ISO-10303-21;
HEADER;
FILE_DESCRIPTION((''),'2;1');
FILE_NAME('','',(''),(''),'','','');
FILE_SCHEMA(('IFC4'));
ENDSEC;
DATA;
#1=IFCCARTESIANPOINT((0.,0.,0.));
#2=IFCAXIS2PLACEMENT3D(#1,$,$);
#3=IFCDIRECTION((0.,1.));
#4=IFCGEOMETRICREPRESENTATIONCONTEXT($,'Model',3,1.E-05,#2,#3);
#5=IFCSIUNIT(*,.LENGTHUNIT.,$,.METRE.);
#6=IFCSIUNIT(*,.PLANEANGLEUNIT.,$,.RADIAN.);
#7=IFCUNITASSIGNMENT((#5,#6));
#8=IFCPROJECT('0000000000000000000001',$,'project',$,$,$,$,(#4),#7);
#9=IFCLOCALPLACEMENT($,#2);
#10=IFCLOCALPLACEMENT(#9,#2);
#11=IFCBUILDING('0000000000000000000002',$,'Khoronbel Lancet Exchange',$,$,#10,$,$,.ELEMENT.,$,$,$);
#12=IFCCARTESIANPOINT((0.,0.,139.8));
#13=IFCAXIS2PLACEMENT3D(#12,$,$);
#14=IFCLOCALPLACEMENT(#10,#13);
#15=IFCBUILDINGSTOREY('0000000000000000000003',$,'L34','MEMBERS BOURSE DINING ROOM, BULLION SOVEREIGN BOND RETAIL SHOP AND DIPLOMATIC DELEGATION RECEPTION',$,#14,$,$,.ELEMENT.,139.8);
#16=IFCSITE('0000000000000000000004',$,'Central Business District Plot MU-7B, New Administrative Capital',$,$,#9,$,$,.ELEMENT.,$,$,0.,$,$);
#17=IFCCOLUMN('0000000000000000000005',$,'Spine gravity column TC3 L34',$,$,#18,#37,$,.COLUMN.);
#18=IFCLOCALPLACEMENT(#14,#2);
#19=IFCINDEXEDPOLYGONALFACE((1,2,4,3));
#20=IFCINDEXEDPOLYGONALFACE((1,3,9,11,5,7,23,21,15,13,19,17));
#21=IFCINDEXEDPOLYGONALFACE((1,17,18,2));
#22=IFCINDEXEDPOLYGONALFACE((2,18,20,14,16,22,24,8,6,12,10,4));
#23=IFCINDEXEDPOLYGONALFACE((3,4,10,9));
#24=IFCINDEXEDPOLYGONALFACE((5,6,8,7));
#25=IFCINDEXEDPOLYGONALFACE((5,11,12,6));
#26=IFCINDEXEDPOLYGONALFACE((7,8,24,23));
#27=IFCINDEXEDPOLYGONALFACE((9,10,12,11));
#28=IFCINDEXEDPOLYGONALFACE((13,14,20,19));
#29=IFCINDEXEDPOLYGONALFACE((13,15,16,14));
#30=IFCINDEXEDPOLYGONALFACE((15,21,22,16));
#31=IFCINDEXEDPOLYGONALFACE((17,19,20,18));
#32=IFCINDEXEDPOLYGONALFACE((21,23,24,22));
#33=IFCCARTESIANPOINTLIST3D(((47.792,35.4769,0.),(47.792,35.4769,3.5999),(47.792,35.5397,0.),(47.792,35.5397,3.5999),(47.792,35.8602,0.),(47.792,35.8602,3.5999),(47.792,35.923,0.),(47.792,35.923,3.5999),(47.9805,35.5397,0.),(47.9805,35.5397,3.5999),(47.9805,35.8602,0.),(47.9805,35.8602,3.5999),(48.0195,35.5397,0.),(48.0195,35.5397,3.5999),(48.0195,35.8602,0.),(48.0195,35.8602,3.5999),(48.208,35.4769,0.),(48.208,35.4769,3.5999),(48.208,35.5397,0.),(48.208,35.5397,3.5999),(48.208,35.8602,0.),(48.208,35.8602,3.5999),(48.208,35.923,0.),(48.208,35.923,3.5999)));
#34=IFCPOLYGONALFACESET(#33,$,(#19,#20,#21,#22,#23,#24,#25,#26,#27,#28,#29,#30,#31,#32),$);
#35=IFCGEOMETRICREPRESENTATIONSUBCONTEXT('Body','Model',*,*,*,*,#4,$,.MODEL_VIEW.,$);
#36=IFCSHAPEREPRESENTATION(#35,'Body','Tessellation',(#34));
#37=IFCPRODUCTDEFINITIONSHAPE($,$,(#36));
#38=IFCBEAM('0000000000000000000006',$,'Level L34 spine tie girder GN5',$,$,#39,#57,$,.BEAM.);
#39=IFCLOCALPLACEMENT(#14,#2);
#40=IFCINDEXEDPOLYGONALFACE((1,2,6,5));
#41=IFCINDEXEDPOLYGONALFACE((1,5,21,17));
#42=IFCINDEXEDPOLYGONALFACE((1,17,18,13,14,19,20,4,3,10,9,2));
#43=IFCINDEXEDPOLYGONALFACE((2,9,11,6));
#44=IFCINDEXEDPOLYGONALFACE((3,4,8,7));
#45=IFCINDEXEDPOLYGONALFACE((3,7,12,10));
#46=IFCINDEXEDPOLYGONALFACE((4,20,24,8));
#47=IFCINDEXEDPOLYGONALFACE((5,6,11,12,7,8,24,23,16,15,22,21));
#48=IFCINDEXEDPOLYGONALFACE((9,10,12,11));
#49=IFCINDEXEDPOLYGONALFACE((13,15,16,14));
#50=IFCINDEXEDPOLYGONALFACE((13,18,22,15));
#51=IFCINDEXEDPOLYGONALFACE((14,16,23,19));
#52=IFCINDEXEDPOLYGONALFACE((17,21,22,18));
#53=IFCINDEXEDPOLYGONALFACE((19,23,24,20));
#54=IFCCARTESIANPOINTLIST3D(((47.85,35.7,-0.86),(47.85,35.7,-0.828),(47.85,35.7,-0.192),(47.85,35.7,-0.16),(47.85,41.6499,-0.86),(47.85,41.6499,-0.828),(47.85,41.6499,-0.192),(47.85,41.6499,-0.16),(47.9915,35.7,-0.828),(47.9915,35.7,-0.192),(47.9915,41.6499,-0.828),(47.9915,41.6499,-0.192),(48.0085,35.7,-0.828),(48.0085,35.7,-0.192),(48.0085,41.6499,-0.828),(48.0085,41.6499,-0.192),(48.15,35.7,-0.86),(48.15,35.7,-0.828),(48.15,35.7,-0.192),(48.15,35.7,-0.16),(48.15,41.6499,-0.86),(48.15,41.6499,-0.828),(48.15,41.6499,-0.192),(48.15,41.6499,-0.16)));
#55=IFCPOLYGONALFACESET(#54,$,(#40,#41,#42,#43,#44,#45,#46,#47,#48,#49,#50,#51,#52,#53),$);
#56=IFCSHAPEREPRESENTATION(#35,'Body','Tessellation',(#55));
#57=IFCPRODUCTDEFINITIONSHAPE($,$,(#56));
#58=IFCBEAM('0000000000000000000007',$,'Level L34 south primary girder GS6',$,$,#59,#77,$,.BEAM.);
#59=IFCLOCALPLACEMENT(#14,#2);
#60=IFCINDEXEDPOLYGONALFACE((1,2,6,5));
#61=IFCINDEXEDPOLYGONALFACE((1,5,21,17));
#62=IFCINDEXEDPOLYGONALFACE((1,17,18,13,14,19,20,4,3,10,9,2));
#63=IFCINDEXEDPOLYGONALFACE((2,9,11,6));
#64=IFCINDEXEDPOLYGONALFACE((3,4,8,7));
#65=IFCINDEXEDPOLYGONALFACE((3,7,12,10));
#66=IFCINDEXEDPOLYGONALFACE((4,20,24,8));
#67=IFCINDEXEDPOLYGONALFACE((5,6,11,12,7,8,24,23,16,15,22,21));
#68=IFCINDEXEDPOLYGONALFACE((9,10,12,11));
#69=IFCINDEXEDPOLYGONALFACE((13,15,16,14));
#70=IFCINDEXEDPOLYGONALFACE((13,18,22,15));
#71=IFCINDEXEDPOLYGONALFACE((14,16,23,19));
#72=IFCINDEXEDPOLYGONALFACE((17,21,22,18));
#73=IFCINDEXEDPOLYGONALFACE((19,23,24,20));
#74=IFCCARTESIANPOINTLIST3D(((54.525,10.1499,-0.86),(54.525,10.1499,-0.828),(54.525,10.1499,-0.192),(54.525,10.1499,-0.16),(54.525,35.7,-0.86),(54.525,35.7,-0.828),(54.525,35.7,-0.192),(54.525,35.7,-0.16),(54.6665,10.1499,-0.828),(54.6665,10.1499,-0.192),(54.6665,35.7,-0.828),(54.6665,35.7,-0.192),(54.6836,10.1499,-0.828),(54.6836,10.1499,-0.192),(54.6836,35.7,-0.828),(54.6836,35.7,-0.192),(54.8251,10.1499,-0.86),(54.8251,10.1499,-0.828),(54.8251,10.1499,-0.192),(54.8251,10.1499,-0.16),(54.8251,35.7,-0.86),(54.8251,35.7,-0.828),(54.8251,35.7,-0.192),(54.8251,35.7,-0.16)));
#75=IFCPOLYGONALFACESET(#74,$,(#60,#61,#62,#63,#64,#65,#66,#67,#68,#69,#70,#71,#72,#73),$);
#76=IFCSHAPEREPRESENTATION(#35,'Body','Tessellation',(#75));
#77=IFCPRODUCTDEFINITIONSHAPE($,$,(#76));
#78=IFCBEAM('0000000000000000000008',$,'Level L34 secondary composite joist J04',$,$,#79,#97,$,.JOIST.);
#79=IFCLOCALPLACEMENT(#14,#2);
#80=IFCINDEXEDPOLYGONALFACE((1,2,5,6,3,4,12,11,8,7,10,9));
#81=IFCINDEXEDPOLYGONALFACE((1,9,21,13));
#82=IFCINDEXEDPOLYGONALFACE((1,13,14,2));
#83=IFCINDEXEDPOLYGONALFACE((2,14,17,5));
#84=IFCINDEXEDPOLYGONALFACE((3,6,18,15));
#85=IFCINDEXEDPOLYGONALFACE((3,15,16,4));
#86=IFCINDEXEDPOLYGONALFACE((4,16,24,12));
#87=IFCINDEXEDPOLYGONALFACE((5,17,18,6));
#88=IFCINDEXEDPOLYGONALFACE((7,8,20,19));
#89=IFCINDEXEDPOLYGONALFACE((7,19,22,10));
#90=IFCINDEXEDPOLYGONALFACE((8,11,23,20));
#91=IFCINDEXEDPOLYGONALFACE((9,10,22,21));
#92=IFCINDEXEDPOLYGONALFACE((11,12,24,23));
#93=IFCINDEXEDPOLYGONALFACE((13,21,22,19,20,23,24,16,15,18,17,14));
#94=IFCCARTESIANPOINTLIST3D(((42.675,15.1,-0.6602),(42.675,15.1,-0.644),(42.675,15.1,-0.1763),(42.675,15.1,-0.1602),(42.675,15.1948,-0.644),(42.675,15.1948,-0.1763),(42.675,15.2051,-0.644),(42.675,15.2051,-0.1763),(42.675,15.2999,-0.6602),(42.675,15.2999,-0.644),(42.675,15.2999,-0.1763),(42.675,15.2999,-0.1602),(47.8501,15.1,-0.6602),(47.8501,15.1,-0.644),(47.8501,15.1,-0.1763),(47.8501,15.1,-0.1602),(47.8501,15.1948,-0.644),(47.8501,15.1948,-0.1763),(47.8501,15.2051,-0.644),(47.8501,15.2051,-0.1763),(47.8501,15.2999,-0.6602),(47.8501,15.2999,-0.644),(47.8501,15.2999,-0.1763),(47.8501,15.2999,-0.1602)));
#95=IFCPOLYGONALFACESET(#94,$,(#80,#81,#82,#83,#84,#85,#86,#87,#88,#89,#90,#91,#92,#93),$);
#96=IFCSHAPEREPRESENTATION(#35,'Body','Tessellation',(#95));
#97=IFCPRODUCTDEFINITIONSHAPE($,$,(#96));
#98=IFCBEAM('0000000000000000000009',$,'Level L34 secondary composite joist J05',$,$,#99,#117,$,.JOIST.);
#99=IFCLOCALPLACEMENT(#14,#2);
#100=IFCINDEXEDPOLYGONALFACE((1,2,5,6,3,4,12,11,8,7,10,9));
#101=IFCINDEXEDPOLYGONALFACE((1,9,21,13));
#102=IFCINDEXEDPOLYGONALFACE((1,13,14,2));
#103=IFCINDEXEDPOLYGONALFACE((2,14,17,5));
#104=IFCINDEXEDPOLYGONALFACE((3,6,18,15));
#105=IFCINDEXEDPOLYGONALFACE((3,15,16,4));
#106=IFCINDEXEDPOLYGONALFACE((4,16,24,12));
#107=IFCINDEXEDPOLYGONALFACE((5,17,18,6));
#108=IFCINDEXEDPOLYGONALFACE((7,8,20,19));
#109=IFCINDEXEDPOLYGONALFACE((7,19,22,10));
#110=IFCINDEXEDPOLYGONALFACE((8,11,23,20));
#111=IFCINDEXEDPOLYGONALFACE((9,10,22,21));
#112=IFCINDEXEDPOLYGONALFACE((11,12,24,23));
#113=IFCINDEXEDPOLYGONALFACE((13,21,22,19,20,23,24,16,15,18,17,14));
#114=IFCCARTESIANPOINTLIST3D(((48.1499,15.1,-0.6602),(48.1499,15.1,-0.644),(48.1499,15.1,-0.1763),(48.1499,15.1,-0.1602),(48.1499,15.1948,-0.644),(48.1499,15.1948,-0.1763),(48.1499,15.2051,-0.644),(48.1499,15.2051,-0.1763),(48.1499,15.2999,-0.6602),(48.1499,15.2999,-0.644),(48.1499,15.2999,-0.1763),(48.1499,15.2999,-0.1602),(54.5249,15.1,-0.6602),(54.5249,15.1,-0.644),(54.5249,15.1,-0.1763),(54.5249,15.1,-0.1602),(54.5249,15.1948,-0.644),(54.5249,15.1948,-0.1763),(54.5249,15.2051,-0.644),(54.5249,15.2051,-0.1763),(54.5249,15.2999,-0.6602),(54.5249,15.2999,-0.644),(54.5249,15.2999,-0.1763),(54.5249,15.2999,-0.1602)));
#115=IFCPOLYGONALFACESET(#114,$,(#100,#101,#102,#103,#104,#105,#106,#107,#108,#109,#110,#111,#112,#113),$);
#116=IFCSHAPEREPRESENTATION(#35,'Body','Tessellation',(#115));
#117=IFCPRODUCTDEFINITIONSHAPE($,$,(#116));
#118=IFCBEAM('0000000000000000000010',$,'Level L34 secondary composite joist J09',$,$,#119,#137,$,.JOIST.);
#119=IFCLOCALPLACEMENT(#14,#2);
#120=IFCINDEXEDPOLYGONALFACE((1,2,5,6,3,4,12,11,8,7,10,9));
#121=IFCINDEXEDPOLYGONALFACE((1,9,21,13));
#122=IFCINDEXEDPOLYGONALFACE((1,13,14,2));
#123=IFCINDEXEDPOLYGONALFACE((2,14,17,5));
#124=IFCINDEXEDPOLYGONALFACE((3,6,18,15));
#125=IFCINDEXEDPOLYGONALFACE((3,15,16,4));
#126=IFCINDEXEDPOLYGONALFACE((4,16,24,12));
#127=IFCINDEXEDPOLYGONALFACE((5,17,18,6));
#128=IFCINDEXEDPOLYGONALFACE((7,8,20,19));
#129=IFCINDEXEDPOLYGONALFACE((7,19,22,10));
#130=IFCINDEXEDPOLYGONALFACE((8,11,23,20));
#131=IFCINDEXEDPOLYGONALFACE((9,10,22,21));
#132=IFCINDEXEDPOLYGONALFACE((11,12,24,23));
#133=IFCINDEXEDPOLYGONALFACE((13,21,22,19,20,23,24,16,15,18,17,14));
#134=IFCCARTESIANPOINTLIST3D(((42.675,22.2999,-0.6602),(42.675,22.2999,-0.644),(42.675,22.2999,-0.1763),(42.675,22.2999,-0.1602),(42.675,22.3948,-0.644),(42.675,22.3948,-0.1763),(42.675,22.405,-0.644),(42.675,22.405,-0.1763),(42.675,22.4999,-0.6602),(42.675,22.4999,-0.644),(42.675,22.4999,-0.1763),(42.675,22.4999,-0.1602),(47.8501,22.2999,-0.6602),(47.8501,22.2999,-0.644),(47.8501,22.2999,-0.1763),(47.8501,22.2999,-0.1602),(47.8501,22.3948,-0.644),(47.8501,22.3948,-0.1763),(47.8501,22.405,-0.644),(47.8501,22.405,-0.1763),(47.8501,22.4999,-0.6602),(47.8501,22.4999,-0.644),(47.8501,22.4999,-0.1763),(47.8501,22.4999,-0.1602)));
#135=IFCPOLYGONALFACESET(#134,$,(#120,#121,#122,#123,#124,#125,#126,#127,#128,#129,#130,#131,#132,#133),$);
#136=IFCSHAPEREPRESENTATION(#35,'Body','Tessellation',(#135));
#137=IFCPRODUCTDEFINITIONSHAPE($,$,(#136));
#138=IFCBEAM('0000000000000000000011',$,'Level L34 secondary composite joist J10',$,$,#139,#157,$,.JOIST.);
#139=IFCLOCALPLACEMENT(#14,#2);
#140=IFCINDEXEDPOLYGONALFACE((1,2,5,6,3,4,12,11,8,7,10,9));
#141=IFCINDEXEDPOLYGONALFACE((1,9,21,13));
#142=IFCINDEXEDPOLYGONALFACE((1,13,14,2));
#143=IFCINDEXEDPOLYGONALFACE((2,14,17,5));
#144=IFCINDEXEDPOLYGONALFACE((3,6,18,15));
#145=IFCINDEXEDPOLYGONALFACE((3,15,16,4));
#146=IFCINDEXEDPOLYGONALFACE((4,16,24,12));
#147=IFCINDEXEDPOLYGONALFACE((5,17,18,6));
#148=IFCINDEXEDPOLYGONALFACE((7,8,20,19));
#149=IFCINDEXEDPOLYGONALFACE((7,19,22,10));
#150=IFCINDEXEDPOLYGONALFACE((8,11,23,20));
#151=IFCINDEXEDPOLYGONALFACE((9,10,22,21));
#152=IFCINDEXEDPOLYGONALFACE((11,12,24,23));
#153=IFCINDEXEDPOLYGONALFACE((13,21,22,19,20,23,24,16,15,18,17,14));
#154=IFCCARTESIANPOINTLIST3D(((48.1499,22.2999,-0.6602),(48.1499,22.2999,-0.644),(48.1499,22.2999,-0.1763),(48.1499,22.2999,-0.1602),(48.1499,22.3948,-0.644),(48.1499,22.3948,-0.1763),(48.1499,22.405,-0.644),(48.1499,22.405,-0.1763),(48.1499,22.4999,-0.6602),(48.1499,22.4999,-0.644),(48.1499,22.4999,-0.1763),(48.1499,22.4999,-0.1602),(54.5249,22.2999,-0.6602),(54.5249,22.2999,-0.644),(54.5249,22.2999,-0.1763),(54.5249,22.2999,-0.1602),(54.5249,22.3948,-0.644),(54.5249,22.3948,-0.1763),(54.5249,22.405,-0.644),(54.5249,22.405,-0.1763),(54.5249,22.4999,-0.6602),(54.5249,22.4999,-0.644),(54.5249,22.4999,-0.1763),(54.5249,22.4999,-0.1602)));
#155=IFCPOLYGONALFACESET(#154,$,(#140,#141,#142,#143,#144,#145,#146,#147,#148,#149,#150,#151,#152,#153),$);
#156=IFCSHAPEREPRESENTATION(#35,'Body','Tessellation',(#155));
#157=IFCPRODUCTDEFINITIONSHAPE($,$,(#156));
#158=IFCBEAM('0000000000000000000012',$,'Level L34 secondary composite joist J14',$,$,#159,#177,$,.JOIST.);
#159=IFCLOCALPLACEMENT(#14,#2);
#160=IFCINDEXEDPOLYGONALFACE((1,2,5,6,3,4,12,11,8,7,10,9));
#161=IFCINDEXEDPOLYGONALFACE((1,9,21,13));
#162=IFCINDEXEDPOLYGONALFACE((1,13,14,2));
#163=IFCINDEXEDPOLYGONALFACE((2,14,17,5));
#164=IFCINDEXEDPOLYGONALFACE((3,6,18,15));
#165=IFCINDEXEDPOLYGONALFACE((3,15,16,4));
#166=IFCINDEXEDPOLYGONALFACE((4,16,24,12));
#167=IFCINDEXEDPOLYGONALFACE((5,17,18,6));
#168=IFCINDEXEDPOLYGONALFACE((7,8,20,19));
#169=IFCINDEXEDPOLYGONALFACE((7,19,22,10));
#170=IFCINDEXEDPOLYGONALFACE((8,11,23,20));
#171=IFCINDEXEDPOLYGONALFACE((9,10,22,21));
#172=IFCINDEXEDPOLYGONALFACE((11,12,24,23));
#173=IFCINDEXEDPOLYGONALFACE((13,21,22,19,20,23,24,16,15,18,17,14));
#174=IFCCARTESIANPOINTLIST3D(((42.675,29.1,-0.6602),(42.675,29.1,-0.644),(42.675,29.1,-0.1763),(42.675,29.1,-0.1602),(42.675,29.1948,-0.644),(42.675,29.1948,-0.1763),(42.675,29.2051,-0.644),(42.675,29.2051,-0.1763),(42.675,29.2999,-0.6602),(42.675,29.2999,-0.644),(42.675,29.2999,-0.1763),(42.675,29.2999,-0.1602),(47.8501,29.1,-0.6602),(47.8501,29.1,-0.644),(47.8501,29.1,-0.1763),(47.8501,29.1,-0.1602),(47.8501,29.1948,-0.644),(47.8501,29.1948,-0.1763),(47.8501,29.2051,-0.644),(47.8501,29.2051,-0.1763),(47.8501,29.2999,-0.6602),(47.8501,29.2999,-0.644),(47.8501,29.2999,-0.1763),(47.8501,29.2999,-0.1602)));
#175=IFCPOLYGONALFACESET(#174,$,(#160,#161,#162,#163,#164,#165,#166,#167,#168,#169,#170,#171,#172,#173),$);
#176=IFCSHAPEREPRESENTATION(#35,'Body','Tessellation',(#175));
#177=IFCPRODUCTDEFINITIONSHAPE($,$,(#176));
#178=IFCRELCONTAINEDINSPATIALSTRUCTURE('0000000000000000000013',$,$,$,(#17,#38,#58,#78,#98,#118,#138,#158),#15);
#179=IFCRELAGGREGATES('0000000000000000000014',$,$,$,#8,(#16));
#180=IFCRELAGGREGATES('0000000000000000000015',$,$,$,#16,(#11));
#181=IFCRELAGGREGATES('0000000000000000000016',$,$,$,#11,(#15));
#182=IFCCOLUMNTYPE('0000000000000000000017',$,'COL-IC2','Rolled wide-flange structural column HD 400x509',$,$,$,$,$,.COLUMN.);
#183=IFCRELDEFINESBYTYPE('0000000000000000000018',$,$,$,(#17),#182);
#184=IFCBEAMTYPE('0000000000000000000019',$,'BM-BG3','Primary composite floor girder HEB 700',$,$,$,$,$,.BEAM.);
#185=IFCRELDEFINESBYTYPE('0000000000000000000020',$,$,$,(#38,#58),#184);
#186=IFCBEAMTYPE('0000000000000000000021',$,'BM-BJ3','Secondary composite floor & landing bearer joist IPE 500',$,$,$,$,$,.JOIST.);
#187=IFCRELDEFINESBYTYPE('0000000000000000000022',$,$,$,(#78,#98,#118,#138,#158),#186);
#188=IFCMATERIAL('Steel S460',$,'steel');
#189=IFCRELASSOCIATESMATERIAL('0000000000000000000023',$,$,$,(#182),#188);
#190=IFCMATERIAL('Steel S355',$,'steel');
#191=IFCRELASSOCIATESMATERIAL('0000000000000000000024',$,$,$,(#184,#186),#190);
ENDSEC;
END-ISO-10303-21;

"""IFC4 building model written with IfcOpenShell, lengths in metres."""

from ifc_helpers import new_model, si_unit, direction, frame, origin, origin_2d, place, context, subcontext, project, spatial, i_section, extrude, material, material_profile, profile_set, type_object, element, save


model = new_model("IFC4")

# Units and contexts
model_context = context("Model", 3, precision=1e-05, world=origin(), true_north=direction((0.0, 1.0)))
body_context = subcontext(model_context, "Body", "Model", "MODEL_VIEW")
ifc_project = project(units=[si_unit("LENGTHUNIT", "METRE"), si_unit("PLANEANGLEUNIT", "RADIAN")], contexts=[model_context])

# Site, building, storey
site_placement = place(None, origin())
site = spatial("IfcSite", under=ifc_project, at=site_placement, Name="Central Business District Plot MU-7B, New Administrative Capital", CompositionType="ELEMENT", RefElevation=0.0)
building_placement = place(site_placement, origin())
building = spatial("IfcBuilding", under=site, at=building_placement, Name="Khoronbel Lancet Exchange", CompositionType="ELEMENT")
storey_placement = place(building_placement, frame((0.0, 0.0, 139.8)))
storey = spatial("IfcBuildingStorey", under=building, at=storey_placement, Name="L34", Description="MEMBERS BOURSE DINING ROOM, BULLION SOVEREIGN BOND RETAIL SHOP AND DIPLOMATIC DELEGATION RECEPTION", CompositionType="ELEMENT", Elevation=139.8)

# Column
ifc_material_1 = material(Name="Steel S460", Category="steel")
ifc_material_profile_1 = material_profile(ifc_material_1, i_section(OverallWidth=0.416, OverallDepth=0.446, WebThickness=0.0391, FlangeThickness=0.0627, at=origin_2d()), Name="HD 400x509")
ifc_profile_set_1 = profile_set([ifc_material_profile_1], Name="Steel S460")
column_type = type_object("IfcColumnType", Name="COL-IC2", Description="Rolled wide-flange structural column HD 400x509", PredefinedType="COLUMN", material=ifc_profile_set_1)
column_placement = place(storey_placement, frame((48.0, 35.7, 0.0), z_axis=(0.0, 0.0, 1.0), x_axis=(1.0, 0.0, 0.0)))
element("IfcColumn", 1, at=column_placement, inside=storey, type_object=column_type, Name="Spine gravity column TC3 L34", PredefinedType="COLUMN", context=body_context, shape_type="SweptSolid", body=[
    extrude(i_section(OverallWidth=0.416, OverallDepth=0.446, WebThickness=0.0391, FlangeThickness=0.0627, at=origin_2d()), origin(), (0.0, 0.0, 1.0), 3.5999),
])

# Beams
ifc_material_2 = material(Name="Steel S355", Category="steel")
ifc_material_profile_2 = material_profile(ifc_material_2, i_section(OverallWidth=0.3, OverallDepth=0.7, WebThickness=0.0171, FlangeThickness=0.032, at=origin_2d()), Name="HEB 700")
ifc_profile_set_2 = profile_set([ifc_material_profile_2], Name="Steel S355")
beam_type_1 = type_object("IfcBeamType", Name="BM-BG3", Description="Primary composite floor girder HEB 700", PredefinedType="BEAM", material=ifc_profile_set_2)
beam_1_placement = place(storey_placement, frame((48.0, 35.7, -0.51), z_axis=(0.0, 1.0, 0.0), x_axis=(-1.0, 0.0, 0.0)))
element("IfcBeam", 2, at=beam_1_placement, inside=storey, type_object=beam_type_1, Name="Level L34 spine tie girder GN5", PredefinedType="BEAM", context=body_context, shape_type="SweptSolid", body=[
    extrude(i_section(OverallWidth=0.3, OverallDepth=0.7, WebThickness=0.0171, FlangeThickness=0.032, at=origin_2d()), origin(), (0.0, 0.0, 1.0), 5.95),
])
beam_2_placement = place(storey_placement, frame((54.675, 10.1499, -0.51), z_axis=(0.0, 1.0, 0.0), x_axis=(-1.0, 0.0, 0.0)))
element("IfcBeam", 3, at=beam_2_placement, inside=storey, type_object=beam_type_1, Name="Level L34 south primary girder GS6", PredefinedType="BEAM", context=body_context, shape_type="SweptSolid", body=[
    extrude(i_section(OverallWidth=0.3, OverallDepth=0.7, WebThickness=0.0171, FlangeThickness=0.032, at=origin_2d()), origin(), (0.0, 0.0, 1.0), 25.55),
])
ifc_material_profile_3 = material_profile(ifc_material_2, i_section(OverallWidth=0.2, OverallDepth=0.5, WebThickness=0.0103, FlangeThickness=0.0161, at=origin_2d()), Name="IPE 500")
ifc_profile_set_3 = profile_set([ifc_material_profile_3], Name="Steel S355")
beam_type_2 = type_object("IfcBeamType", Name="BM-BJ3", Description="Secondary composite floor & landing bearer joist IPE 500", PredefinedType="JOIST", material=ifc_profile_set_3)
beam_3_placement = place(storey_placement, frame((42.675, 15.2, -0.4102), z_axis=(1.0, 0.0, 0.0), x_axis=(0.0, 1.0, 0.0)))
element("IfcBeam", 4, at=beam_3_placement, inside=storey, type_object=beam_type_2, Name="Level L34 secondary composite joist J04", PredefinedType="JOIST", context=body_context, shape_type="SweptSolid", body=[
    extrude(i_section(OverallWidth=0.2, OverallDepth=0.5, WebThickness=0.0103, FlangeThickness=0.0161, at=origin_2d()), origin(), (0.0, 0.0, 1.0), 5.175),
])
beam_4_placement = place(storey_placement, frame((48.1499, 15.2, -0.4102), z_axis=(1.0, 0.0, 0.0), x_axis=(0.0, 1.0, 0.0)))
element("IfcBeam", 5, at=beam_4_placement, inside=storey, type_object=beam_type_2, Name="Level L34 secondary composite joist J05", PredefinedType="JOIST", context=body_context, shape_type="SweptSolid", body=[
    extrude(i_section(OverallWidth=0.2, OverallDepth=0.5, WebThickness=0.0103, FlangeThickness=0.0161, at=origin_2d()), origin(), (0.0, 0.0, 1.0), 6.375),
])
beam_5_placement = place(storey_placement, frame((42.675, 22.3999, -0.4102), z_axis=(1.0, 0.0, 0.0), x_axis=(0.0, 1.0, 0.0)))
element("IfcBeam", 6, at=beam_5_placement, inside=storey, type_object=beam_type_2, Name="Level L34 secondary composite joist J09", PredefinedType="JOIST", context=body_context, shape_type="SweptSolid", body=[
    extrude(i_section(OverallWidth=0.2, OverallDepth=0.5, WebThickness=0.0103, FlangeThickness=0.0161, at=origin_2d()), origin(), (0.0, 0.0, 1.0), 5.175),
])
beam_6_placement = place(storey_placement, frame((48.1499, 22.3999, -0.4102), z_axis=(1.0, 0.0, 0.0), x_axis=(0.0, 1.0, 0.0)))
element("IfcBeam", 7, at=beam_6_placement, inside=storey, type_object=beam_type_2, Name="Level L34 secondary composite joist J10", PredefinedType="JOIST", context=body_context, shape_type="SweptSolid", body=[
    extrude(i_section(OverallWidth=0.2, OverallDepth=0.5, WebThickness=0.0103, FlangeThickness=0.0161, at=origin_2d()), origin(), (0.0, 0.0, 1.0), 6.375),
])
beam_7_placement = place(storey_placement, frame((42.675, 29.2, -0.4102), z_axis=(1.0, 0.0, 0.0), x_axis=(0.0, 1.0, 0.0)))
element("IfcBeam", 8, at=beam_7_placement, inside=storey, type_object=beam_type_2, Name="Level L34 secondary composite joist J14", PredefinedType="JOIST", context=body_context, shape_type="SweptSolid", body=[
    extrude(i_section(OverallWidth=0.2, OverallDepth=0.5, WebThickness=0.0103, FlangeThickness=0.0161, at=origin_2d()), origin(), (0.0, 0.0, 1.0), 5.175),
])

save(model, "model.ifc")
